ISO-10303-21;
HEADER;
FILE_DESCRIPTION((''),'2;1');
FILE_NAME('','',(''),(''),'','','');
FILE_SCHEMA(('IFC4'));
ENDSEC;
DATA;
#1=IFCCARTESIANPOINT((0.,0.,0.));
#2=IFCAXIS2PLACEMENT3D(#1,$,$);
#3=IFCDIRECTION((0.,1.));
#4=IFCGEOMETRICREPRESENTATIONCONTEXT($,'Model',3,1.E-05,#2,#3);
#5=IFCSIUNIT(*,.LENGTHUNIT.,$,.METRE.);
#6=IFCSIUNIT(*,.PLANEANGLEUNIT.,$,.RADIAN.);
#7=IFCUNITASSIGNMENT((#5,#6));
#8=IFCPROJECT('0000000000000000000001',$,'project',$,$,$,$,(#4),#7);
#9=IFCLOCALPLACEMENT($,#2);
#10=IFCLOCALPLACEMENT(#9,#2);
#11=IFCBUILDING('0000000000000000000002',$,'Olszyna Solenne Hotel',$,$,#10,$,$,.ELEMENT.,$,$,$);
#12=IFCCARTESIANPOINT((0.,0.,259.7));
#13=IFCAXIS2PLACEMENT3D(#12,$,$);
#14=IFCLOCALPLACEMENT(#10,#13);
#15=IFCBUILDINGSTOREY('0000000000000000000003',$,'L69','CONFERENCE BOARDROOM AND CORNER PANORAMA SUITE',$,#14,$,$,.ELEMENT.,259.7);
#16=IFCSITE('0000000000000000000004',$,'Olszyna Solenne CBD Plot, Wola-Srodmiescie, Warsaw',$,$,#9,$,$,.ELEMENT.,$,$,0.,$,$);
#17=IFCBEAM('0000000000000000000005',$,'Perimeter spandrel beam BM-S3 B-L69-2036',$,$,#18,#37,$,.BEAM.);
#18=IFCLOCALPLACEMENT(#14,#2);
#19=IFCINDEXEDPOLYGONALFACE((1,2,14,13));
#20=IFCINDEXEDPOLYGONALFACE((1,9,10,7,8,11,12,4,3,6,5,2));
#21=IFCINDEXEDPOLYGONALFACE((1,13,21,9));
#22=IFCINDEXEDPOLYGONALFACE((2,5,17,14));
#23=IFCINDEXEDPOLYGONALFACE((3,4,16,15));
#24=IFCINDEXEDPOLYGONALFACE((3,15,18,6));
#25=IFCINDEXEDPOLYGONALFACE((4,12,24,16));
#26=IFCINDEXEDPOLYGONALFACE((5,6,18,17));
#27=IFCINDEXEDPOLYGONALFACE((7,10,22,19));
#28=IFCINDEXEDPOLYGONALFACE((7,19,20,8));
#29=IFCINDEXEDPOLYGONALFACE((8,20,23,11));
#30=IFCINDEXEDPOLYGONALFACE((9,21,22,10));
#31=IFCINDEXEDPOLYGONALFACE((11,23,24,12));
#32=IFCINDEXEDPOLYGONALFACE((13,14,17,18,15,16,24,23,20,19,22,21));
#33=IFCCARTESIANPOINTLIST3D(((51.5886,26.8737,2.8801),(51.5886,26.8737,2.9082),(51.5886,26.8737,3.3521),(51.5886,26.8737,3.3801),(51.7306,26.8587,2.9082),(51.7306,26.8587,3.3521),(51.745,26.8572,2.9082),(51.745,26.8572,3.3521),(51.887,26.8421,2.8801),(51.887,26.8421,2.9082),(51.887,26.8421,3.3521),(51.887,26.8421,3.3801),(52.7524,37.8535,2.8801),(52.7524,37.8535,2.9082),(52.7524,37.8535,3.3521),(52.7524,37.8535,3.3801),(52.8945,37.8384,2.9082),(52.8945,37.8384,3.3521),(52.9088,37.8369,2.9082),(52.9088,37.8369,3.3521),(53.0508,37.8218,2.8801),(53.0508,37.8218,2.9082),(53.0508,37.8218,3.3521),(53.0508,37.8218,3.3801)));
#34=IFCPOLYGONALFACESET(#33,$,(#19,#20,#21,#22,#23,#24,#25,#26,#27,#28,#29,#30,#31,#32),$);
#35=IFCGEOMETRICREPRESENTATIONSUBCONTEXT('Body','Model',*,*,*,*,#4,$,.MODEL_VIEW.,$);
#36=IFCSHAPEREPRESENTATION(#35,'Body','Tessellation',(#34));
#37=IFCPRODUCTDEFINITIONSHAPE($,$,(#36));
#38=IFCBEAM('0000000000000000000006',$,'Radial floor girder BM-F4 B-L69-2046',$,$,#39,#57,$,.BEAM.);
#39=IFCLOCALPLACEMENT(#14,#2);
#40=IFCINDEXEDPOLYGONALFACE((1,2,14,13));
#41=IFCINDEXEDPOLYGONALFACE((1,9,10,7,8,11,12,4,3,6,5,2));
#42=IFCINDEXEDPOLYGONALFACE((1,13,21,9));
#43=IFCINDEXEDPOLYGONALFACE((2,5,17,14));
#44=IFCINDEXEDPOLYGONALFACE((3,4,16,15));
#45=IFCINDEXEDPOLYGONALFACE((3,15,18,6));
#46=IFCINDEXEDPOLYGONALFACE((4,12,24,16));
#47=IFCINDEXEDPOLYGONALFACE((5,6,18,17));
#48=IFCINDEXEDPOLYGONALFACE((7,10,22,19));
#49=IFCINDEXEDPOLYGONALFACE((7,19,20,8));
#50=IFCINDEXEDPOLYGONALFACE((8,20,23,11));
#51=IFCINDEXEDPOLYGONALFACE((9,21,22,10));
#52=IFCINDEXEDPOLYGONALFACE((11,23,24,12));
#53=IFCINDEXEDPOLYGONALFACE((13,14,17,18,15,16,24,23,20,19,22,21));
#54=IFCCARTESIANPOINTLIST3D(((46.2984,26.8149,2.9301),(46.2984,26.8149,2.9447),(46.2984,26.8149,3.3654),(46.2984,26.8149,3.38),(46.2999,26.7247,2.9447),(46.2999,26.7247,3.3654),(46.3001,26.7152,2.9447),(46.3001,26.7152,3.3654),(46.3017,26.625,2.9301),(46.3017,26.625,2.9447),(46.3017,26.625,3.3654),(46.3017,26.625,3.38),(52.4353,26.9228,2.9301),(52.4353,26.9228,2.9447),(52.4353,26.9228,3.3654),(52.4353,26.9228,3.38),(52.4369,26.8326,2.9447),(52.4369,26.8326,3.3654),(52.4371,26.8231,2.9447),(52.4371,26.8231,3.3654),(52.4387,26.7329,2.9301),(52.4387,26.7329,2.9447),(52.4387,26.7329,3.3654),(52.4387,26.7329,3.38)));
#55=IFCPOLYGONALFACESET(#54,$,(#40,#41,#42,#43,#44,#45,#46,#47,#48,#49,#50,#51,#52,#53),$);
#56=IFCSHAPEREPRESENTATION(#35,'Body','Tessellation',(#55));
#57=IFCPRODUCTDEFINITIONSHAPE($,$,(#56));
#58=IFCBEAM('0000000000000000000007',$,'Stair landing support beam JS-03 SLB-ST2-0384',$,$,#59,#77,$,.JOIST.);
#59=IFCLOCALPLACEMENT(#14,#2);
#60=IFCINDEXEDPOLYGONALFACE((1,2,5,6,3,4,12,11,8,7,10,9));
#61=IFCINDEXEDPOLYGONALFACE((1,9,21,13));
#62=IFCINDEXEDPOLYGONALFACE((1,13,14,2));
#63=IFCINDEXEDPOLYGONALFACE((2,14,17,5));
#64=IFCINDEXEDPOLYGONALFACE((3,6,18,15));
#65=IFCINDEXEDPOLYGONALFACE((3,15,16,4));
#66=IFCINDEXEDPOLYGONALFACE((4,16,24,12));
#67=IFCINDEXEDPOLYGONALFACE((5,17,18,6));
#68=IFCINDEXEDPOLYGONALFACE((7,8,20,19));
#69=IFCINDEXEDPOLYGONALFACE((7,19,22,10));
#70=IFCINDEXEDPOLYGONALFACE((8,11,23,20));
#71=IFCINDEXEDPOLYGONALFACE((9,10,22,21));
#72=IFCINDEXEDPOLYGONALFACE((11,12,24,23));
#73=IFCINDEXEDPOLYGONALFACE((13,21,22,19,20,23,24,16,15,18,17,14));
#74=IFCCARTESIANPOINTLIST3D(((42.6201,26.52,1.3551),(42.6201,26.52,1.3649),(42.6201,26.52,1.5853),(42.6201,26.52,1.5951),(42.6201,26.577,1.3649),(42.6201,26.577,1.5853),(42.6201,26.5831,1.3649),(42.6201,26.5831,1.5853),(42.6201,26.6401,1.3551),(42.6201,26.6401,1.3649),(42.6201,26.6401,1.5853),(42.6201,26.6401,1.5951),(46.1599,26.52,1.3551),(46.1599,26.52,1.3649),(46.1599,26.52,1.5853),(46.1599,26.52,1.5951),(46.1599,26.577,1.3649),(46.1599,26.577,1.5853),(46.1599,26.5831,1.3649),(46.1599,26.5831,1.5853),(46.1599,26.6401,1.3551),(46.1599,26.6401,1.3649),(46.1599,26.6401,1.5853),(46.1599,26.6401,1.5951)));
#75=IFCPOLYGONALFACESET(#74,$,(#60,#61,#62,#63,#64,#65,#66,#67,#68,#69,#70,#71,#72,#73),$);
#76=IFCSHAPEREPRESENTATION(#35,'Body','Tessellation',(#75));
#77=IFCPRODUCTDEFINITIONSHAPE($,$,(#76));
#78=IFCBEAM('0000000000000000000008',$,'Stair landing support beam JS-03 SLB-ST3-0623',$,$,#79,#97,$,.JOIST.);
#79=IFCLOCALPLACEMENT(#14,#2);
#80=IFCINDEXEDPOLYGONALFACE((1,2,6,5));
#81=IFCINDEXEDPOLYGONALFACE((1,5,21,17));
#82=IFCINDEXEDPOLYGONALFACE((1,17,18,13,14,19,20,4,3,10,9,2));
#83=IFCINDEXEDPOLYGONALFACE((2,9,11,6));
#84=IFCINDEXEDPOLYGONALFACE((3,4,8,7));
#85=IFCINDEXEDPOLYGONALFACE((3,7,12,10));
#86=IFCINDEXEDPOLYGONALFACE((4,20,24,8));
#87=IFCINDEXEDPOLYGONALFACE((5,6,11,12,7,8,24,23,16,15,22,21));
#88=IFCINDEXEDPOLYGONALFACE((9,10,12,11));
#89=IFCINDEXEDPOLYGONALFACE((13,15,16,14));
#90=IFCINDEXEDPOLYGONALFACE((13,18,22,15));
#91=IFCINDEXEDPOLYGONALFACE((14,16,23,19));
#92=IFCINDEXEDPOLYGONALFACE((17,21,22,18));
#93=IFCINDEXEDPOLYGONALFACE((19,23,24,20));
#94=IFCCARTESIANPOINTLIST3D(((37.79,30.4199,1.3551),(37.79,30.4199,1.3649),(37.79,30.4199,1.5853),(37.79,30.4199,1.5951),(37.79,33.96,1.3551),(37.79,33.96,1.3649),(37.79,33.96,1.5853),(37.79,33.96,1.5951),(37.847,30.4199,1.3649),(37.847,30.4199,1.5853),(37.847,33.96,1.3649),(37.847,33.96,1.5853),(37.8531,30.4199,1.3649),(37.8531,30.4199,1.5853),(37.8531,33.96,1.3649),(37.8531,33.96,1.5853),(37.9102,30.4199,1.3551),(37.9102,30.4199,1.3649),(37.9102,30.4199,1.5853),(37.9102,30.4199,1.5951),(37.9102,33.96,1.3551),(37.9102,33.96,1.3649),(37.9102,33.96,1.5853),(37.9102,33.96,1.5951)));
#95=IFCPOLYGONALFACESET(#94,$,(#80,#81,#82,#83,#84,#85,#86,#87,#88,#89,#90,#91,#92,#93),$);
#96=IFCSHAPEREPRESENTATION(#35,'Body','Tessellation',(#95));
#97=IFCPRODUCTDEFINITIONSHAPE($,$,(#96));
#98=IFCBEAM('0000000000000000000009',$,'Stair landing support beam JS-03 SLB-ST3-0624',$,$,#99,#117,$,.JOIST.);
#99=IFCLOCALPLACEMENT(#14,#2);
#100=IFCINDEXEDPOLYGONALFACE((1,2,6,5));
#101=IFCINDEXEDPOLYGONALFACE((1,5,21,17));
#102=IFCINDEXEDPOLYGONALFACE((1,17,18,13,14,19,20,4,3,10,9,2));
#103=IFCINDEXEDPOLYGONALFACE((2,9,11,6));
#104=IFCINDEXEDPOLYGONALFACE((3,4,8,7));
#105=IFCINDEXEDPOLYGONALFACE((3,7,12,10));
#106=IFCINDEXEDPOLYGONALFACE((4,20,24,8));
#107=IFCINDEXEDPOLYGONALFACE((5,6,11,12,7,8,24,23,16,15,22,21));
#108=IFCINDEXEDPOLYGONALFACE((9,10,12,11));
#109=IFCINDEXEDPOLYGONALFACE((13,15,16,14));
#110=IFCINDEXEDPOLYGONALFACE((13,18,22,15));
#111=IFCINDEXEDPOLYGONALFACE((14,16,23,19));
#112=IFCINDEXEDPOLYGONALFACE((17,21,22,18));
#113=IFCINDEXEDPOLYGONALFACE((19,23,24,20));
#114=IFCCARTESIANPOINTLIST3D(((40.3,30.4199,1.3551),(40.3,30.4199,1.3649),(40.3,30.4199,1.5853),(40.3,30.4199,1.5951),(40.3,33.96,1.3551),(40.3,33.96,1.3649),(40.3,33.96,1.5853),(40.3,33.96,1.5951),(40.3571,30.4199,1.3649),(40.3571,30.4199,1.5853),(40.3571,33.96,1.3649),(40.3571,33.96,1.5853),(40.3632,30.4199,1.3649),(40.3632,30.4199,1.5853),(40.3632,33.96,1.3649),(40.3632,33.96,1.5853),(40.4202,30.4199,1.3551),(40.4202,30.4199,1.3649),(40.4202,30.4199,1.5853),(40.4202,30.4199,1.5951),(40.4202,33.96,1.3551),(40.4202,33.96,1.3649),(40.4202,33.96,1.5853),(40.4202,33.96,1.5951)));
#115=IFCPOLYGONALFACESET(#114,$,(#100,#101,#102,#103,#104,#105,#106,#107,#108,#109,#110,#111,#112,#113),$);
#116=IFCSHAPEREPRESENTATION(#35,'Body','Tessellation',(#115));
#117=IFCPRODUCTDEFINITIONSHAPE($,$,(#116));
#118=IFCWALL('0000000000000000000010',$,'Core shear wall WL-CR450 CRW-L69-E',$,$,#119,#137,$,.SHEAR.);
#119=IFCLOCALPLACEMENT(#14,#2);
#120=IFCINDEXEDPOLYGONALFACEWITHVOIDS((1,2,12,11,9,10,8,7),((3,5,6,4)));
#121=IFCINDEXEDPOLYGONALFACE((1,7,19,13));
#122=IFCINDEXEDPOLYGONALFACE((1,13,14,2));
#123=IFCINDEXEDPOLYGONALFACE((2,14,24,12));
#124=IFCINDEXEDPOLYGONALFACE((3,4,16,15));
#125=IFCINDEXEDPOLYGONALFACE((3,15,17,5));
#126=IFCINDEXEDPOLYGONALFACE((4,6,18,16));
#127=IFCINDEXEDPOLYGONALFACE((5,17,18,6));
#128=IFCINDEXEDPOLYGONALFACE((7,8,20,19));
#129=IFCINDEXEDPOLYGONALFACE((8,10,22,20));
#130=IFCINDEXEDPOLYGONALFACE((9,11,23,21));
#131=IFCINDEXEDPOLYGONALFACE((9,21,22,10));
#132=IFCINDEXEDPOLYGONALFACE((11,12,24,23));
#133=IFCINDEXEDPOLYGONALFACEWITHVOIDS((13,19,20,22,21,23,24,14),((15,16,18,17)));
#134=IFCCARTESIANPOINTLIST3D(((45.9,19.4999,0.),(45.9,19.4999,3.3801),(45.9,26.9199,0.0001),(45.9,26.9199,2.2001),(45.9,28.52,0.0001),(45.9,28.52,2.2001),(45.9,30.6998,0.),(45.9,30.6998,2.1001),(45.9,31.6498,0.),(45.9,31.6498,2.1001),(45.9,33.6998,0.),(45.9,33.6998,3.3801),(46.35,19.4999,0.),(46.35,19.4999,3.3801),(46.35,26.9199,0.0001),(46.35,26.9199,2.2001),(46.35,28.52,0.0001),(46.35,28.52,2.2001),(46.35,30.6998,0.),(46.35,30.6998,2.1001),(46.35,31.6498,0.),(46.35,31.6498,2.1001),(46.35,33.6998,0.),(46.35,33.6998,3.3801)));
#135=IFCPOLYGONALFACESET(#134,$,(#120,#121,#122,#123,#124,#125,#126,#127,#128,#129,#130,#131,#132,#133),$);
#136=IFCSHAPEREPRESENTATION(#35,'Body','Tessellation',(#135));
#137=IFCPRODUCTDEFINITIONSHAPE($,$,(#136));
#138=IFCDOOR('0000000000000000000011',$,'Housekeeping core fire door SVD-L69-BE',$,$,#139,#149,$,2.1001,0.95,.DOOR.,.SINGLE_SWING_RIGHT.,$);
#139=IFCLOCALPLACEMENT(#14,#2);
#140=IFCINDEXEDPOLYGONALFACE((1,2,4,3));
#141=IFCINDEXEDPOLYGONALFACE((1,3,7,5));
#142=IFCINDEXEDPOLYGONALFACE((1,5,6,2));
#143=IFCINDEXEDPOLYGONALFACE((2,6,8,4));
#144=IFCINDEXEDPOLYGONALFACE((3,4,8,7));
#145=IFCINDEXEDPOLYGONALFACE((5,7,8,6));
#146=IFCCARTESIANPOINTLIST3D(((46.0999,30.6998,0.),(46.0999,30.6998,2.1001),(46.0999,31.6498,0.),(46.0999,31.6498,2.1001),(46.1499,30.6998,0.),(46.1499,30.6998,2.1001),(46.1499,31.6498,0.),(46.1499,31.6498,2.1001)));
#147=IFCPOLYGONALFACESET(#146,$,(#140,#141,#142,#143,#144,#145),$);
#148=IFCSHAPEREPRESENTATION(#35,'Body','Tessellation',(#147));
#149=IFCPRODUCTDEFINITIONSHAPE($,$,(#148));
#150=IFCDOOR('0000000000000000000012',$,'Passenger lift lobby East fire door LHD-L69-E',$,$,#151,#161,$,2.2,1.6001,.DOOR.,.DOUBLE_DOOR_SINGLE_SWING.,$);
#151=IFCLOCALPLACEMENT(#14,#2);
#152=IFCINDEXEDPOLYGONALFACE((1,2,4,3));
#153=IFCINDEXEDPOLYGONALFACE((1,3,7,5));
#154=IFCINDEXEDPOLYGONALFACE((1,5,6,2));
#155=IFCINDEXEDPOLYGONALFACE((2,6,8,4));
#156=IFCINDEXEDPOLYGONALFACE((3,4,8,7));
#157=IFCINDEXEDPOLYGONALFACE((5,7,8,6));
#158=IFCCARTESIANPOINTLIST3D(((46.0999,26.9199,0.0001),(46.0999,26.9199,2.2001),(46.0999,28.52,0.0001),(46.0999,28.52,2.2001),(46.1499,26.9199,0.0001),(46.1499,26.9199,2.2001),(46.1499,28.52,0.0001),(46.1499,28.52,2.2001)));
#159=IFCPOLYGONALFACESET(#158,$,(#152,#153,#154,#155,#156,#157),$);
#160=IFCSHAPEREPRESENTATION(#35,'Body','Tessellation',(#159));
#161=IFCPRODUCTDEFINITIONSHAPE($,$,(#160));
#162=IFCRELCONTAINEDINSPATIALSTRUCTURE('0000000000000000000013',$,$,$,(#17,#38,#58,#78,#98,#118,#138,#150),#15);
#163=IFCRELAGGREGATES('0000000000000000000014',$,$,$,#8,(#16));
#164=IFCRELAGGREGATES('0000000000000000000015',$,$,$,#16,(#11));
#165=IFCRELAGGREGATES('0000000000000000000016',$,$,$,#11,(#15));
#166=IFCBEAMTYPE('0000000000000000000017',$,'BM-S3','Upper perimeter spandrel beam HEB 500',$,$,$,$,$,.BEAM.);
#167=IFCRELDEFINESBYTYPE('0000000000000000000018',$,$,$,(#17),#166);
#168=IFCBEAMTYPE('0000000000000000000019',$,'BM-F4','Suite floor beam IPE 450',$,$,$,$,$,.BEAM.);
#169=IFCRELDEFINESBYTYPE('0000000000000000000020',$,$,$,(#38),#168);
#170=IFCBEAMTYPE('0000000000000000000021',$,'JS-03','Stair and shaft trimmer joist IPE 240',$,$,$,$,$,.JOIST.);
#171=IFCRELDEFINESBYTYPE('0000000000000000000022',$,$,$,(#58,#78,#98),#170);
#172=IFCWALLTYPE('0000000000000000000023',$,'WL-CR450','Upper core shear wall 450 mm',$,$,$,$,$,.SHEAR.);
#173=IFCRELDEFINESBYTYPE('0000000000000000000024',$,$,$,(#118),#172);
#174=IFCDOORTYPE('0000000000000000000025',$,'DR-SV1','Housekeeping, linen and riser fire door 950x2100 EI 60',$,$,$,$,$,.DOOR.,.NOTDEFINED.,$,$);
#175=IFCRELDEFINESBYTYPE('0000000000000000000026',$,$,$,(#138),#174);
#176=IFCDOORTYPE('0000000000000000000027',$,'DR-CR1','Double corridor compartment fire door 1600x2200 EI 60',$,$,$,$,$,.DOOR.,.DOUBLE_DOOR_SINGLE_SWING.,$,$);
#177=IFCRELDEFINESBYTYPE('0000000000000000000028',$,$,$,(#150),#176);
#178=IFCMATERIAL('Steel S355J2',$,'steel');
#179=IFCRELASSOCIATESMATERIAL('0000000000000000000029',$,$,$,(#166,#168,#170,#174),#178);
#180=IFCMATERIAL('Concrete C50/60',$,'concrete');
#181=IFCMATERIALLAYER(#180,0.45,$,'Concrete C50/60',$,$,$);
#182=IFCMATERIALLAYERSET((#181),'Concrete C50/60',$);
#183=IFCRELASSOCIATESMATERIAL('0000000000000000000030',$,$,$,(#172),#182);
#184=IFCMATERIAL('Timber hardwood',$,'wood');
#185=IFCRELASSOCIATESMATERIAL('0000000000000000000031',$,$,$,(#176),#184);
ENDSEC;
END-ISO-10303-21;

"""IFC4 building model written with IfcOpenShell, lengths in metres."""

from ifc_helpers import new_model, si_unit, direction, frame, frame_2d, origin, origin_2d, place, context, subcontext, project, spatial, rectangle, i_section, extrude, source, transform, mapped, material, layer, layer_set, material_profile, profile_set, type_object, type_shapes, element, fill, save


model = new_model("IFC4")

# Units and contexts
model_context = context("Model", 3, precision=1e-05, world=origin(), true_north=direction((0.0, 1.0)))
body_context = subcontext(model_context, "Body", "Model", "MODEL_VIEW")
ifc_project = project(units=[si_unit("LENGTHUNIT", "METRE"), si_unit("PLANEANGLEUNIT", "RADIAN")], contexts=[model_context])

# Site, building, storey
site_placement = place(None, origin())
site = spatial("IfcSite", under=ifc_project, at=site_placement, Name="Olszyna Solenne CBD Plot, Wola-Srodmiescie, Warsaw", CompositionType="ELEMENT", RefElevation=0.0)
building_placement = place(site_placement, origin())
building = spatial("IfcBuilding", under=site, at=building_placement, Name="Olszyna Solenne Hotel", CompositionType="ELEMENT")
storey_placement = place(building_placement, frame((0.0, 0.0, 259.7)))
storey = spatial("IfcBuildingStorey", under=building, at=storey_placement, Name="L69", Description="CONFERENCE BOARDROOM AND CORNER PANORAMA SUITE", CompositionType="ELEMENT", Elevation=259.7)

# Beams
ifc_material_1 = material(Name="Steel S355J2", Category="steel")
ifc_material_profile_1 = material_profile(ifc_material_1, i_section(OverallWidth=0.3, OverallDepth=0.5, WebThickness=0.0144, FlangeThickness=0.0281, at=origin_2d()), Name="HEB 500", Category="load-bearing")
ifc_profile_set_1 = profile_set([ifc_material_profile_1], Name="Steel S355J2")
beam_type_1 = type_object("IfcBeamType", Name="BM-S3", Description="Upper perimeter spandrel beam HEB 500", PredefinedType="BEAM", material=ifc_profile_set_1)
shared_shape_1 = source(origin(), body_context, "Body", "SweptSolid", [
    extrude(i_section(OverallWidth=0.3, OverallDepth=0.5, WebThickness=0.0144, FlangeThickness=0.0281, at=origin_2d()), origin(), (0.0, 0.0, 1.0), 11.0413),
])
beam_1_placement = place(storey_placement, frame((51.7378, 26.8579, 3.1301), z_axis=(0.105406, 0.994429, 0.0), x_axis=(-0.994429, 0.105406, 0.0)))
element("IfcBeam", 1, at=beam_1_placement, inside=storey, type_object=beam_type_1, Name="Perimeter spandrel beam BM-S3 B-L69-2036", PredefinedType="BEAM", context=body_context, shape_type="MappedRepresentation", body=[
    mapped(shared_shape_1, transform((0.0, 0.0, 0.0), x_axis=(1.0, 0.0, 0.0), y_axis=(0.0, 1.0, 0.0), z_axis=(0.0, 0.0, 1.0), scale=1.0)),
])
ifc_material_profile_2 = material_profile(ifc_material_1, i_section(OverallWidth=0.1899, OverallDepth=0.45, WebThickness=0.0095, FlangeThickness=0.0146, at=origin_2d()), Name="IPE 450", Category="load-bearing")
ifc_profile_set_2 = profile_set([ifc_material_profile_2], Name="Steel S355J2")
beam_type_2 = type_object("IfcBeamType", Name="BM-F4", Description="Suite floor beam IPE 450", PredefinedType="BEAM", material=ifc_profile_set_2)
shared_shape_2 = source(origin(), body_context, "Body", "SweptSolid", [
    extrude(i_section(OverallWidth=0.1899, OverallDepth=0.45, WebThickness=0.0095, FlangeThickness=0.0146, at=origin_2d()), origin(), (0.0, 0.0, 1.0), 6.1379),
])
beam_2_placement = place(storey_placement, frame((52.437, 26.8279, 3.155), z_axis=(-0.999845, -0.017581, 0.0), x_axis=(0.017581, -0.999845, 0.0)))
element("IfcBeam", 2, at=beam_2_placement, inside=storey, type_object=beam_type_2, Name="Radial floor girder BM-F4 B-L69-2046", PredefinedType="BEAM", context=body_context, shape_type="MappedRepresentation", body=[
    mapped(shared_shape_2, transform((0.0, 0.0, 0.0), x_axis=(1.0, 0.0, 0.0), y_axis=(0.0, 1.0, 0.0), z_axis=(0.0, 0.0, 1.0), scale=1.0)),
])
ifc_material_profile_3 = material_profile(ifc_material_1, i_section(OverallWidth=0.1201, OverallDepth=0.24, WebThickness=0.0061, FlangeThickness=0.0098, at=origin_2d()), Name="IPE 240", Category="load-bearing")
ifc_profile_set_3 = profile_set([ifc_material_profile_3], Name="Steel S355J2")
beam_type_3 = type_object("IfcBeamType", Name="JS-03", Description="Stair and shaft trimmer joist IPE 240", PredefinedType="JOIST", material=ifc_profile_set_3)
shared_shape_3 = source(origin(), body_context, "Body", "SweptSolid", [
    extrude(i_section(OverallWidth=0.1201, OverallDepth=0.24, WebThickness=0.0061, FlangeThickness=0.0098, at=origin_2d()), origin(), (0.0, 0.0, 1.0), 3.5398),
])
beam_3_placement = place(storey_placement, frame((46.1599, 26.5801, 1.4751), z_axis=(-1.0, 0.0, 0.0), x_axis=(0.0, -1.0, 0.0)))
element("IfcBeam", 3, at=beam_3_placement, inside=storey, type_object=beam_type_3, Name="Stair landing support beam JS-03 SLB-ST2-0384", PredefinedType="JOIST", context=body_context, shape_type="MappedRepresentation", body=[
    mapped(shared_shape_3, transform((0.0, 0.0, 0.0), x_axis=(1.0, 0.0, 0.0), y_axis=(0.0, 1.0, 0.0), z_axis=(0.0, 0.0, 1.0), scale=1.0)),
])
shared_shape_4 = source(origin(), body_context, "Body", "SweptSolid", [
    extrude(i_section(OverallWidth=0.1201, OverallDepth=0.24, WebThickness=0.0061, FlangeThickness=0.0098, at=origin_2d()), origin(), (0.0, 0.0, 1.0), 3.54),
])
for number, where, z_axis, x_axis, name in (
    (4, (37.8501, 30.4199, 1.4751), (0.0, 1.0, 0.0), (-1.0, 0.0, 0.0), "Stair landing support beam JS-03 SLB-ST3-0623"),
    (5, (40.3601, 30.4199, 1.4751), (0.0, 1.0, 0.0), (-1.0, 0.0, 0.0), "Stair landing support beam JS-03 SLB-ST3-0624"),
):
    element("IfcBeam", number, at=place(storey_placement, frame(where, z_axis=z_axis, x_axis=x_axis)), inside=storey, type_object=beam_type_3, Name=name, PredefinedType="JOIST", context=body_context, shape_type="MappedRepresentation", body=[
        mapped(shared_shape_4, transform((0.0, 0.0, 0.0), x_axis=(1.0, 0.0, 0.0), y_axis=(0.0, 1.0, 0.0), z_axis=(0.0, 0.0, 1.0), scale=1.0)),
    ])

# Wall, openings, doors
ifc_material_2 = material(Name="Concrete C50/60", Category="concrete")
ifc_layer_1 = layer(ifc_material_2, 0.45, Name="Concrete C50/60")
ifc_layer_set_1 = layer_set([ifc_layer_1], Name="Concrete C50/60")
wall_type_1 = type_object("IfcWallType", Name="WL-CR450", Description="Upper core shear wall 450 mm", PredefinedType="SHEAR", material=ifc_layer_set_1)
wall_1_placement = place(storey_placement, frame((46.125, 33.7, 0.0), z_axis=(0.0, 0.0, 1.0), x_axis=(0.0, -1.0, 0.0)))
wall_1 = element("IfcWall", 6, at=wall_1_placement, inside=storey, type_object=wall_type_1, Name="Core shear wall WL-CR450 CRW-L69-E", PredefinedType="SHEAR", context=body_context, shape_type="SweptSolid", body=[
    extrude(rectangle(XDim=14.2, YDim=0.45, at=frame_2d((7.1001, 0.0))), origin(), (0.0, 0.0, 1.0), 3.3801),
])
opening_1_placement = place(wall_1_placement, frame((5.1799, 0.0, 0.0)))
opening_1 = element("IfcOpeningElement", 7, at=opening_1_placement, cuts=wall_1, PredefinedType="OPENING", context=body_context, shape_type="SweptSolid", body=[
    extrude(rectangle(XDim=1.6001, YDim=2.2, at=frame_2d((0.8, 1.1001))), frame((0.0, 0.2349, 0.0), z_axis=(0.0, -1.0, 0.0), x_axis=(1.0, 0.0, 0.0)), (0.0, 0.0, 1.0), 0.47),
])
opening_2_placement = place(wall_1_placement, frame((2.05, 0.0, 0.0)))
opening_2 = element("IfcOpeningElement", 8, at=opening_2_placement, cuts=wall_1, PredefinedType="OPENING", context=body_context, shape_type="SweptSolid", body=[
    extrude(rectangle(XDim=0.95, YDim=2.1001, at=frame_2d((0.4751, 1.05))), frame((0.0, 0.2349, 0.0), z_axis=(0.0, -1.0, 0.0), x_axis=(1.0, 0.0, 0.0)), (0.0, 0.0, 1.0), 0.47),
])
door_type_1 = type_object("IfcDoorType", Name="DR-SV1", Description="Housekeeping, linen and riser fire door 950x2100 EI 60", OperationType="NOTDEFINED", PredefinedType="DOOR", material=ifc_material_1)
shared_shape_5 = source(origin(), body_context, "Body", "SweptSolid", [
    extrude(rectangle(XDim=0.95, YDim=2.1001, at=frame_2d((0.4751, 1.05))), frame((0.0, 0.0249, 0.0), z_axis=(0.0, -1.0, 0.0), x_axis=(1.0, 0.0, 0.0)), (0.0, 0.0, 1.0), 0.05),
])
type_shapes(door_type_1, [shared_shape_5])
door_1_placement = place(opening_2_placement, origin())
door_1 = element("IfcDoor", 9, at=door_1_placement, inside=storey, type_object=door_type_1, Name="Housekeeping core fire door SVD-L69-BE", OperationType="SINGLE_SWING_RIGHT", OverallHeight=2.1001, OverallWidth=0.95, PredefinedType="DOOR", context=body_context, shape_type="MappedRepresentation", body=[
    mapped(shared_shape_5, transform((0.0, 0.0, 0.0), x_axis=(1.0, 0.0, 0.0), y_axis=(0.0, 1.0, 0.0), z_axis=(0.0, 0.0, 1.0), scale=1.0)),
])
fill(opening_2, door_1)
ifc_material_3 = material(Name="Timber hardwood", Category="wood")
door_type_2 = type_object("IfcDoorType", Name="DR-CR1", Description="Double corridor compartment fire door 1600x2200 EI 60", OperationType="DOUBLE_DOOR_SINGLE_SWING", PredefinedType="DOOR", material=ifc_material_3)
shared_shape_6 = source(origin(), body_context, "Body", "SweptSolid", [
    extrude(rectangle(XDim=1.6001, YDim=2.2, at=frame_2d((0.8, 1.1001))), frame((0.0, 0.0249, 0.0), z_axis=(0.0, -1.0, 0.0), x_axis=(1.0, 0.0, 0.0)), (0.0, 0.0, 1.0), 0.05),
])
type_shapes(door_type_2, [shared_shape_6])
door_2_placement = place(opening_1_placement, origin())
door_2 = element("IfcDoor", 10, at=door_2_placement, inside=storey, type_object=door_type_2, Name="Passenger lift lobby East fire door LHD-L69-E", OperationType="DOUBLE_DOOR_SINGLE_SWING", OverallHeight=2.2, OverallWidth=1.6001, PredefinedType="DOOR", context=body_context, shape_type="MappedRepresentation", body=[
    mapped(shared_shape_6, transform((0.0, 0.0, 0.0), x_axis=(1.0, 0.0, 0.0), y_axis=(0.0, 1.0, 0.0), z_axis=(0.0, 0.0, 1.0), scale=1.0)),
])
fill(opening_1, door_2)

save(model, "model.ifc")
